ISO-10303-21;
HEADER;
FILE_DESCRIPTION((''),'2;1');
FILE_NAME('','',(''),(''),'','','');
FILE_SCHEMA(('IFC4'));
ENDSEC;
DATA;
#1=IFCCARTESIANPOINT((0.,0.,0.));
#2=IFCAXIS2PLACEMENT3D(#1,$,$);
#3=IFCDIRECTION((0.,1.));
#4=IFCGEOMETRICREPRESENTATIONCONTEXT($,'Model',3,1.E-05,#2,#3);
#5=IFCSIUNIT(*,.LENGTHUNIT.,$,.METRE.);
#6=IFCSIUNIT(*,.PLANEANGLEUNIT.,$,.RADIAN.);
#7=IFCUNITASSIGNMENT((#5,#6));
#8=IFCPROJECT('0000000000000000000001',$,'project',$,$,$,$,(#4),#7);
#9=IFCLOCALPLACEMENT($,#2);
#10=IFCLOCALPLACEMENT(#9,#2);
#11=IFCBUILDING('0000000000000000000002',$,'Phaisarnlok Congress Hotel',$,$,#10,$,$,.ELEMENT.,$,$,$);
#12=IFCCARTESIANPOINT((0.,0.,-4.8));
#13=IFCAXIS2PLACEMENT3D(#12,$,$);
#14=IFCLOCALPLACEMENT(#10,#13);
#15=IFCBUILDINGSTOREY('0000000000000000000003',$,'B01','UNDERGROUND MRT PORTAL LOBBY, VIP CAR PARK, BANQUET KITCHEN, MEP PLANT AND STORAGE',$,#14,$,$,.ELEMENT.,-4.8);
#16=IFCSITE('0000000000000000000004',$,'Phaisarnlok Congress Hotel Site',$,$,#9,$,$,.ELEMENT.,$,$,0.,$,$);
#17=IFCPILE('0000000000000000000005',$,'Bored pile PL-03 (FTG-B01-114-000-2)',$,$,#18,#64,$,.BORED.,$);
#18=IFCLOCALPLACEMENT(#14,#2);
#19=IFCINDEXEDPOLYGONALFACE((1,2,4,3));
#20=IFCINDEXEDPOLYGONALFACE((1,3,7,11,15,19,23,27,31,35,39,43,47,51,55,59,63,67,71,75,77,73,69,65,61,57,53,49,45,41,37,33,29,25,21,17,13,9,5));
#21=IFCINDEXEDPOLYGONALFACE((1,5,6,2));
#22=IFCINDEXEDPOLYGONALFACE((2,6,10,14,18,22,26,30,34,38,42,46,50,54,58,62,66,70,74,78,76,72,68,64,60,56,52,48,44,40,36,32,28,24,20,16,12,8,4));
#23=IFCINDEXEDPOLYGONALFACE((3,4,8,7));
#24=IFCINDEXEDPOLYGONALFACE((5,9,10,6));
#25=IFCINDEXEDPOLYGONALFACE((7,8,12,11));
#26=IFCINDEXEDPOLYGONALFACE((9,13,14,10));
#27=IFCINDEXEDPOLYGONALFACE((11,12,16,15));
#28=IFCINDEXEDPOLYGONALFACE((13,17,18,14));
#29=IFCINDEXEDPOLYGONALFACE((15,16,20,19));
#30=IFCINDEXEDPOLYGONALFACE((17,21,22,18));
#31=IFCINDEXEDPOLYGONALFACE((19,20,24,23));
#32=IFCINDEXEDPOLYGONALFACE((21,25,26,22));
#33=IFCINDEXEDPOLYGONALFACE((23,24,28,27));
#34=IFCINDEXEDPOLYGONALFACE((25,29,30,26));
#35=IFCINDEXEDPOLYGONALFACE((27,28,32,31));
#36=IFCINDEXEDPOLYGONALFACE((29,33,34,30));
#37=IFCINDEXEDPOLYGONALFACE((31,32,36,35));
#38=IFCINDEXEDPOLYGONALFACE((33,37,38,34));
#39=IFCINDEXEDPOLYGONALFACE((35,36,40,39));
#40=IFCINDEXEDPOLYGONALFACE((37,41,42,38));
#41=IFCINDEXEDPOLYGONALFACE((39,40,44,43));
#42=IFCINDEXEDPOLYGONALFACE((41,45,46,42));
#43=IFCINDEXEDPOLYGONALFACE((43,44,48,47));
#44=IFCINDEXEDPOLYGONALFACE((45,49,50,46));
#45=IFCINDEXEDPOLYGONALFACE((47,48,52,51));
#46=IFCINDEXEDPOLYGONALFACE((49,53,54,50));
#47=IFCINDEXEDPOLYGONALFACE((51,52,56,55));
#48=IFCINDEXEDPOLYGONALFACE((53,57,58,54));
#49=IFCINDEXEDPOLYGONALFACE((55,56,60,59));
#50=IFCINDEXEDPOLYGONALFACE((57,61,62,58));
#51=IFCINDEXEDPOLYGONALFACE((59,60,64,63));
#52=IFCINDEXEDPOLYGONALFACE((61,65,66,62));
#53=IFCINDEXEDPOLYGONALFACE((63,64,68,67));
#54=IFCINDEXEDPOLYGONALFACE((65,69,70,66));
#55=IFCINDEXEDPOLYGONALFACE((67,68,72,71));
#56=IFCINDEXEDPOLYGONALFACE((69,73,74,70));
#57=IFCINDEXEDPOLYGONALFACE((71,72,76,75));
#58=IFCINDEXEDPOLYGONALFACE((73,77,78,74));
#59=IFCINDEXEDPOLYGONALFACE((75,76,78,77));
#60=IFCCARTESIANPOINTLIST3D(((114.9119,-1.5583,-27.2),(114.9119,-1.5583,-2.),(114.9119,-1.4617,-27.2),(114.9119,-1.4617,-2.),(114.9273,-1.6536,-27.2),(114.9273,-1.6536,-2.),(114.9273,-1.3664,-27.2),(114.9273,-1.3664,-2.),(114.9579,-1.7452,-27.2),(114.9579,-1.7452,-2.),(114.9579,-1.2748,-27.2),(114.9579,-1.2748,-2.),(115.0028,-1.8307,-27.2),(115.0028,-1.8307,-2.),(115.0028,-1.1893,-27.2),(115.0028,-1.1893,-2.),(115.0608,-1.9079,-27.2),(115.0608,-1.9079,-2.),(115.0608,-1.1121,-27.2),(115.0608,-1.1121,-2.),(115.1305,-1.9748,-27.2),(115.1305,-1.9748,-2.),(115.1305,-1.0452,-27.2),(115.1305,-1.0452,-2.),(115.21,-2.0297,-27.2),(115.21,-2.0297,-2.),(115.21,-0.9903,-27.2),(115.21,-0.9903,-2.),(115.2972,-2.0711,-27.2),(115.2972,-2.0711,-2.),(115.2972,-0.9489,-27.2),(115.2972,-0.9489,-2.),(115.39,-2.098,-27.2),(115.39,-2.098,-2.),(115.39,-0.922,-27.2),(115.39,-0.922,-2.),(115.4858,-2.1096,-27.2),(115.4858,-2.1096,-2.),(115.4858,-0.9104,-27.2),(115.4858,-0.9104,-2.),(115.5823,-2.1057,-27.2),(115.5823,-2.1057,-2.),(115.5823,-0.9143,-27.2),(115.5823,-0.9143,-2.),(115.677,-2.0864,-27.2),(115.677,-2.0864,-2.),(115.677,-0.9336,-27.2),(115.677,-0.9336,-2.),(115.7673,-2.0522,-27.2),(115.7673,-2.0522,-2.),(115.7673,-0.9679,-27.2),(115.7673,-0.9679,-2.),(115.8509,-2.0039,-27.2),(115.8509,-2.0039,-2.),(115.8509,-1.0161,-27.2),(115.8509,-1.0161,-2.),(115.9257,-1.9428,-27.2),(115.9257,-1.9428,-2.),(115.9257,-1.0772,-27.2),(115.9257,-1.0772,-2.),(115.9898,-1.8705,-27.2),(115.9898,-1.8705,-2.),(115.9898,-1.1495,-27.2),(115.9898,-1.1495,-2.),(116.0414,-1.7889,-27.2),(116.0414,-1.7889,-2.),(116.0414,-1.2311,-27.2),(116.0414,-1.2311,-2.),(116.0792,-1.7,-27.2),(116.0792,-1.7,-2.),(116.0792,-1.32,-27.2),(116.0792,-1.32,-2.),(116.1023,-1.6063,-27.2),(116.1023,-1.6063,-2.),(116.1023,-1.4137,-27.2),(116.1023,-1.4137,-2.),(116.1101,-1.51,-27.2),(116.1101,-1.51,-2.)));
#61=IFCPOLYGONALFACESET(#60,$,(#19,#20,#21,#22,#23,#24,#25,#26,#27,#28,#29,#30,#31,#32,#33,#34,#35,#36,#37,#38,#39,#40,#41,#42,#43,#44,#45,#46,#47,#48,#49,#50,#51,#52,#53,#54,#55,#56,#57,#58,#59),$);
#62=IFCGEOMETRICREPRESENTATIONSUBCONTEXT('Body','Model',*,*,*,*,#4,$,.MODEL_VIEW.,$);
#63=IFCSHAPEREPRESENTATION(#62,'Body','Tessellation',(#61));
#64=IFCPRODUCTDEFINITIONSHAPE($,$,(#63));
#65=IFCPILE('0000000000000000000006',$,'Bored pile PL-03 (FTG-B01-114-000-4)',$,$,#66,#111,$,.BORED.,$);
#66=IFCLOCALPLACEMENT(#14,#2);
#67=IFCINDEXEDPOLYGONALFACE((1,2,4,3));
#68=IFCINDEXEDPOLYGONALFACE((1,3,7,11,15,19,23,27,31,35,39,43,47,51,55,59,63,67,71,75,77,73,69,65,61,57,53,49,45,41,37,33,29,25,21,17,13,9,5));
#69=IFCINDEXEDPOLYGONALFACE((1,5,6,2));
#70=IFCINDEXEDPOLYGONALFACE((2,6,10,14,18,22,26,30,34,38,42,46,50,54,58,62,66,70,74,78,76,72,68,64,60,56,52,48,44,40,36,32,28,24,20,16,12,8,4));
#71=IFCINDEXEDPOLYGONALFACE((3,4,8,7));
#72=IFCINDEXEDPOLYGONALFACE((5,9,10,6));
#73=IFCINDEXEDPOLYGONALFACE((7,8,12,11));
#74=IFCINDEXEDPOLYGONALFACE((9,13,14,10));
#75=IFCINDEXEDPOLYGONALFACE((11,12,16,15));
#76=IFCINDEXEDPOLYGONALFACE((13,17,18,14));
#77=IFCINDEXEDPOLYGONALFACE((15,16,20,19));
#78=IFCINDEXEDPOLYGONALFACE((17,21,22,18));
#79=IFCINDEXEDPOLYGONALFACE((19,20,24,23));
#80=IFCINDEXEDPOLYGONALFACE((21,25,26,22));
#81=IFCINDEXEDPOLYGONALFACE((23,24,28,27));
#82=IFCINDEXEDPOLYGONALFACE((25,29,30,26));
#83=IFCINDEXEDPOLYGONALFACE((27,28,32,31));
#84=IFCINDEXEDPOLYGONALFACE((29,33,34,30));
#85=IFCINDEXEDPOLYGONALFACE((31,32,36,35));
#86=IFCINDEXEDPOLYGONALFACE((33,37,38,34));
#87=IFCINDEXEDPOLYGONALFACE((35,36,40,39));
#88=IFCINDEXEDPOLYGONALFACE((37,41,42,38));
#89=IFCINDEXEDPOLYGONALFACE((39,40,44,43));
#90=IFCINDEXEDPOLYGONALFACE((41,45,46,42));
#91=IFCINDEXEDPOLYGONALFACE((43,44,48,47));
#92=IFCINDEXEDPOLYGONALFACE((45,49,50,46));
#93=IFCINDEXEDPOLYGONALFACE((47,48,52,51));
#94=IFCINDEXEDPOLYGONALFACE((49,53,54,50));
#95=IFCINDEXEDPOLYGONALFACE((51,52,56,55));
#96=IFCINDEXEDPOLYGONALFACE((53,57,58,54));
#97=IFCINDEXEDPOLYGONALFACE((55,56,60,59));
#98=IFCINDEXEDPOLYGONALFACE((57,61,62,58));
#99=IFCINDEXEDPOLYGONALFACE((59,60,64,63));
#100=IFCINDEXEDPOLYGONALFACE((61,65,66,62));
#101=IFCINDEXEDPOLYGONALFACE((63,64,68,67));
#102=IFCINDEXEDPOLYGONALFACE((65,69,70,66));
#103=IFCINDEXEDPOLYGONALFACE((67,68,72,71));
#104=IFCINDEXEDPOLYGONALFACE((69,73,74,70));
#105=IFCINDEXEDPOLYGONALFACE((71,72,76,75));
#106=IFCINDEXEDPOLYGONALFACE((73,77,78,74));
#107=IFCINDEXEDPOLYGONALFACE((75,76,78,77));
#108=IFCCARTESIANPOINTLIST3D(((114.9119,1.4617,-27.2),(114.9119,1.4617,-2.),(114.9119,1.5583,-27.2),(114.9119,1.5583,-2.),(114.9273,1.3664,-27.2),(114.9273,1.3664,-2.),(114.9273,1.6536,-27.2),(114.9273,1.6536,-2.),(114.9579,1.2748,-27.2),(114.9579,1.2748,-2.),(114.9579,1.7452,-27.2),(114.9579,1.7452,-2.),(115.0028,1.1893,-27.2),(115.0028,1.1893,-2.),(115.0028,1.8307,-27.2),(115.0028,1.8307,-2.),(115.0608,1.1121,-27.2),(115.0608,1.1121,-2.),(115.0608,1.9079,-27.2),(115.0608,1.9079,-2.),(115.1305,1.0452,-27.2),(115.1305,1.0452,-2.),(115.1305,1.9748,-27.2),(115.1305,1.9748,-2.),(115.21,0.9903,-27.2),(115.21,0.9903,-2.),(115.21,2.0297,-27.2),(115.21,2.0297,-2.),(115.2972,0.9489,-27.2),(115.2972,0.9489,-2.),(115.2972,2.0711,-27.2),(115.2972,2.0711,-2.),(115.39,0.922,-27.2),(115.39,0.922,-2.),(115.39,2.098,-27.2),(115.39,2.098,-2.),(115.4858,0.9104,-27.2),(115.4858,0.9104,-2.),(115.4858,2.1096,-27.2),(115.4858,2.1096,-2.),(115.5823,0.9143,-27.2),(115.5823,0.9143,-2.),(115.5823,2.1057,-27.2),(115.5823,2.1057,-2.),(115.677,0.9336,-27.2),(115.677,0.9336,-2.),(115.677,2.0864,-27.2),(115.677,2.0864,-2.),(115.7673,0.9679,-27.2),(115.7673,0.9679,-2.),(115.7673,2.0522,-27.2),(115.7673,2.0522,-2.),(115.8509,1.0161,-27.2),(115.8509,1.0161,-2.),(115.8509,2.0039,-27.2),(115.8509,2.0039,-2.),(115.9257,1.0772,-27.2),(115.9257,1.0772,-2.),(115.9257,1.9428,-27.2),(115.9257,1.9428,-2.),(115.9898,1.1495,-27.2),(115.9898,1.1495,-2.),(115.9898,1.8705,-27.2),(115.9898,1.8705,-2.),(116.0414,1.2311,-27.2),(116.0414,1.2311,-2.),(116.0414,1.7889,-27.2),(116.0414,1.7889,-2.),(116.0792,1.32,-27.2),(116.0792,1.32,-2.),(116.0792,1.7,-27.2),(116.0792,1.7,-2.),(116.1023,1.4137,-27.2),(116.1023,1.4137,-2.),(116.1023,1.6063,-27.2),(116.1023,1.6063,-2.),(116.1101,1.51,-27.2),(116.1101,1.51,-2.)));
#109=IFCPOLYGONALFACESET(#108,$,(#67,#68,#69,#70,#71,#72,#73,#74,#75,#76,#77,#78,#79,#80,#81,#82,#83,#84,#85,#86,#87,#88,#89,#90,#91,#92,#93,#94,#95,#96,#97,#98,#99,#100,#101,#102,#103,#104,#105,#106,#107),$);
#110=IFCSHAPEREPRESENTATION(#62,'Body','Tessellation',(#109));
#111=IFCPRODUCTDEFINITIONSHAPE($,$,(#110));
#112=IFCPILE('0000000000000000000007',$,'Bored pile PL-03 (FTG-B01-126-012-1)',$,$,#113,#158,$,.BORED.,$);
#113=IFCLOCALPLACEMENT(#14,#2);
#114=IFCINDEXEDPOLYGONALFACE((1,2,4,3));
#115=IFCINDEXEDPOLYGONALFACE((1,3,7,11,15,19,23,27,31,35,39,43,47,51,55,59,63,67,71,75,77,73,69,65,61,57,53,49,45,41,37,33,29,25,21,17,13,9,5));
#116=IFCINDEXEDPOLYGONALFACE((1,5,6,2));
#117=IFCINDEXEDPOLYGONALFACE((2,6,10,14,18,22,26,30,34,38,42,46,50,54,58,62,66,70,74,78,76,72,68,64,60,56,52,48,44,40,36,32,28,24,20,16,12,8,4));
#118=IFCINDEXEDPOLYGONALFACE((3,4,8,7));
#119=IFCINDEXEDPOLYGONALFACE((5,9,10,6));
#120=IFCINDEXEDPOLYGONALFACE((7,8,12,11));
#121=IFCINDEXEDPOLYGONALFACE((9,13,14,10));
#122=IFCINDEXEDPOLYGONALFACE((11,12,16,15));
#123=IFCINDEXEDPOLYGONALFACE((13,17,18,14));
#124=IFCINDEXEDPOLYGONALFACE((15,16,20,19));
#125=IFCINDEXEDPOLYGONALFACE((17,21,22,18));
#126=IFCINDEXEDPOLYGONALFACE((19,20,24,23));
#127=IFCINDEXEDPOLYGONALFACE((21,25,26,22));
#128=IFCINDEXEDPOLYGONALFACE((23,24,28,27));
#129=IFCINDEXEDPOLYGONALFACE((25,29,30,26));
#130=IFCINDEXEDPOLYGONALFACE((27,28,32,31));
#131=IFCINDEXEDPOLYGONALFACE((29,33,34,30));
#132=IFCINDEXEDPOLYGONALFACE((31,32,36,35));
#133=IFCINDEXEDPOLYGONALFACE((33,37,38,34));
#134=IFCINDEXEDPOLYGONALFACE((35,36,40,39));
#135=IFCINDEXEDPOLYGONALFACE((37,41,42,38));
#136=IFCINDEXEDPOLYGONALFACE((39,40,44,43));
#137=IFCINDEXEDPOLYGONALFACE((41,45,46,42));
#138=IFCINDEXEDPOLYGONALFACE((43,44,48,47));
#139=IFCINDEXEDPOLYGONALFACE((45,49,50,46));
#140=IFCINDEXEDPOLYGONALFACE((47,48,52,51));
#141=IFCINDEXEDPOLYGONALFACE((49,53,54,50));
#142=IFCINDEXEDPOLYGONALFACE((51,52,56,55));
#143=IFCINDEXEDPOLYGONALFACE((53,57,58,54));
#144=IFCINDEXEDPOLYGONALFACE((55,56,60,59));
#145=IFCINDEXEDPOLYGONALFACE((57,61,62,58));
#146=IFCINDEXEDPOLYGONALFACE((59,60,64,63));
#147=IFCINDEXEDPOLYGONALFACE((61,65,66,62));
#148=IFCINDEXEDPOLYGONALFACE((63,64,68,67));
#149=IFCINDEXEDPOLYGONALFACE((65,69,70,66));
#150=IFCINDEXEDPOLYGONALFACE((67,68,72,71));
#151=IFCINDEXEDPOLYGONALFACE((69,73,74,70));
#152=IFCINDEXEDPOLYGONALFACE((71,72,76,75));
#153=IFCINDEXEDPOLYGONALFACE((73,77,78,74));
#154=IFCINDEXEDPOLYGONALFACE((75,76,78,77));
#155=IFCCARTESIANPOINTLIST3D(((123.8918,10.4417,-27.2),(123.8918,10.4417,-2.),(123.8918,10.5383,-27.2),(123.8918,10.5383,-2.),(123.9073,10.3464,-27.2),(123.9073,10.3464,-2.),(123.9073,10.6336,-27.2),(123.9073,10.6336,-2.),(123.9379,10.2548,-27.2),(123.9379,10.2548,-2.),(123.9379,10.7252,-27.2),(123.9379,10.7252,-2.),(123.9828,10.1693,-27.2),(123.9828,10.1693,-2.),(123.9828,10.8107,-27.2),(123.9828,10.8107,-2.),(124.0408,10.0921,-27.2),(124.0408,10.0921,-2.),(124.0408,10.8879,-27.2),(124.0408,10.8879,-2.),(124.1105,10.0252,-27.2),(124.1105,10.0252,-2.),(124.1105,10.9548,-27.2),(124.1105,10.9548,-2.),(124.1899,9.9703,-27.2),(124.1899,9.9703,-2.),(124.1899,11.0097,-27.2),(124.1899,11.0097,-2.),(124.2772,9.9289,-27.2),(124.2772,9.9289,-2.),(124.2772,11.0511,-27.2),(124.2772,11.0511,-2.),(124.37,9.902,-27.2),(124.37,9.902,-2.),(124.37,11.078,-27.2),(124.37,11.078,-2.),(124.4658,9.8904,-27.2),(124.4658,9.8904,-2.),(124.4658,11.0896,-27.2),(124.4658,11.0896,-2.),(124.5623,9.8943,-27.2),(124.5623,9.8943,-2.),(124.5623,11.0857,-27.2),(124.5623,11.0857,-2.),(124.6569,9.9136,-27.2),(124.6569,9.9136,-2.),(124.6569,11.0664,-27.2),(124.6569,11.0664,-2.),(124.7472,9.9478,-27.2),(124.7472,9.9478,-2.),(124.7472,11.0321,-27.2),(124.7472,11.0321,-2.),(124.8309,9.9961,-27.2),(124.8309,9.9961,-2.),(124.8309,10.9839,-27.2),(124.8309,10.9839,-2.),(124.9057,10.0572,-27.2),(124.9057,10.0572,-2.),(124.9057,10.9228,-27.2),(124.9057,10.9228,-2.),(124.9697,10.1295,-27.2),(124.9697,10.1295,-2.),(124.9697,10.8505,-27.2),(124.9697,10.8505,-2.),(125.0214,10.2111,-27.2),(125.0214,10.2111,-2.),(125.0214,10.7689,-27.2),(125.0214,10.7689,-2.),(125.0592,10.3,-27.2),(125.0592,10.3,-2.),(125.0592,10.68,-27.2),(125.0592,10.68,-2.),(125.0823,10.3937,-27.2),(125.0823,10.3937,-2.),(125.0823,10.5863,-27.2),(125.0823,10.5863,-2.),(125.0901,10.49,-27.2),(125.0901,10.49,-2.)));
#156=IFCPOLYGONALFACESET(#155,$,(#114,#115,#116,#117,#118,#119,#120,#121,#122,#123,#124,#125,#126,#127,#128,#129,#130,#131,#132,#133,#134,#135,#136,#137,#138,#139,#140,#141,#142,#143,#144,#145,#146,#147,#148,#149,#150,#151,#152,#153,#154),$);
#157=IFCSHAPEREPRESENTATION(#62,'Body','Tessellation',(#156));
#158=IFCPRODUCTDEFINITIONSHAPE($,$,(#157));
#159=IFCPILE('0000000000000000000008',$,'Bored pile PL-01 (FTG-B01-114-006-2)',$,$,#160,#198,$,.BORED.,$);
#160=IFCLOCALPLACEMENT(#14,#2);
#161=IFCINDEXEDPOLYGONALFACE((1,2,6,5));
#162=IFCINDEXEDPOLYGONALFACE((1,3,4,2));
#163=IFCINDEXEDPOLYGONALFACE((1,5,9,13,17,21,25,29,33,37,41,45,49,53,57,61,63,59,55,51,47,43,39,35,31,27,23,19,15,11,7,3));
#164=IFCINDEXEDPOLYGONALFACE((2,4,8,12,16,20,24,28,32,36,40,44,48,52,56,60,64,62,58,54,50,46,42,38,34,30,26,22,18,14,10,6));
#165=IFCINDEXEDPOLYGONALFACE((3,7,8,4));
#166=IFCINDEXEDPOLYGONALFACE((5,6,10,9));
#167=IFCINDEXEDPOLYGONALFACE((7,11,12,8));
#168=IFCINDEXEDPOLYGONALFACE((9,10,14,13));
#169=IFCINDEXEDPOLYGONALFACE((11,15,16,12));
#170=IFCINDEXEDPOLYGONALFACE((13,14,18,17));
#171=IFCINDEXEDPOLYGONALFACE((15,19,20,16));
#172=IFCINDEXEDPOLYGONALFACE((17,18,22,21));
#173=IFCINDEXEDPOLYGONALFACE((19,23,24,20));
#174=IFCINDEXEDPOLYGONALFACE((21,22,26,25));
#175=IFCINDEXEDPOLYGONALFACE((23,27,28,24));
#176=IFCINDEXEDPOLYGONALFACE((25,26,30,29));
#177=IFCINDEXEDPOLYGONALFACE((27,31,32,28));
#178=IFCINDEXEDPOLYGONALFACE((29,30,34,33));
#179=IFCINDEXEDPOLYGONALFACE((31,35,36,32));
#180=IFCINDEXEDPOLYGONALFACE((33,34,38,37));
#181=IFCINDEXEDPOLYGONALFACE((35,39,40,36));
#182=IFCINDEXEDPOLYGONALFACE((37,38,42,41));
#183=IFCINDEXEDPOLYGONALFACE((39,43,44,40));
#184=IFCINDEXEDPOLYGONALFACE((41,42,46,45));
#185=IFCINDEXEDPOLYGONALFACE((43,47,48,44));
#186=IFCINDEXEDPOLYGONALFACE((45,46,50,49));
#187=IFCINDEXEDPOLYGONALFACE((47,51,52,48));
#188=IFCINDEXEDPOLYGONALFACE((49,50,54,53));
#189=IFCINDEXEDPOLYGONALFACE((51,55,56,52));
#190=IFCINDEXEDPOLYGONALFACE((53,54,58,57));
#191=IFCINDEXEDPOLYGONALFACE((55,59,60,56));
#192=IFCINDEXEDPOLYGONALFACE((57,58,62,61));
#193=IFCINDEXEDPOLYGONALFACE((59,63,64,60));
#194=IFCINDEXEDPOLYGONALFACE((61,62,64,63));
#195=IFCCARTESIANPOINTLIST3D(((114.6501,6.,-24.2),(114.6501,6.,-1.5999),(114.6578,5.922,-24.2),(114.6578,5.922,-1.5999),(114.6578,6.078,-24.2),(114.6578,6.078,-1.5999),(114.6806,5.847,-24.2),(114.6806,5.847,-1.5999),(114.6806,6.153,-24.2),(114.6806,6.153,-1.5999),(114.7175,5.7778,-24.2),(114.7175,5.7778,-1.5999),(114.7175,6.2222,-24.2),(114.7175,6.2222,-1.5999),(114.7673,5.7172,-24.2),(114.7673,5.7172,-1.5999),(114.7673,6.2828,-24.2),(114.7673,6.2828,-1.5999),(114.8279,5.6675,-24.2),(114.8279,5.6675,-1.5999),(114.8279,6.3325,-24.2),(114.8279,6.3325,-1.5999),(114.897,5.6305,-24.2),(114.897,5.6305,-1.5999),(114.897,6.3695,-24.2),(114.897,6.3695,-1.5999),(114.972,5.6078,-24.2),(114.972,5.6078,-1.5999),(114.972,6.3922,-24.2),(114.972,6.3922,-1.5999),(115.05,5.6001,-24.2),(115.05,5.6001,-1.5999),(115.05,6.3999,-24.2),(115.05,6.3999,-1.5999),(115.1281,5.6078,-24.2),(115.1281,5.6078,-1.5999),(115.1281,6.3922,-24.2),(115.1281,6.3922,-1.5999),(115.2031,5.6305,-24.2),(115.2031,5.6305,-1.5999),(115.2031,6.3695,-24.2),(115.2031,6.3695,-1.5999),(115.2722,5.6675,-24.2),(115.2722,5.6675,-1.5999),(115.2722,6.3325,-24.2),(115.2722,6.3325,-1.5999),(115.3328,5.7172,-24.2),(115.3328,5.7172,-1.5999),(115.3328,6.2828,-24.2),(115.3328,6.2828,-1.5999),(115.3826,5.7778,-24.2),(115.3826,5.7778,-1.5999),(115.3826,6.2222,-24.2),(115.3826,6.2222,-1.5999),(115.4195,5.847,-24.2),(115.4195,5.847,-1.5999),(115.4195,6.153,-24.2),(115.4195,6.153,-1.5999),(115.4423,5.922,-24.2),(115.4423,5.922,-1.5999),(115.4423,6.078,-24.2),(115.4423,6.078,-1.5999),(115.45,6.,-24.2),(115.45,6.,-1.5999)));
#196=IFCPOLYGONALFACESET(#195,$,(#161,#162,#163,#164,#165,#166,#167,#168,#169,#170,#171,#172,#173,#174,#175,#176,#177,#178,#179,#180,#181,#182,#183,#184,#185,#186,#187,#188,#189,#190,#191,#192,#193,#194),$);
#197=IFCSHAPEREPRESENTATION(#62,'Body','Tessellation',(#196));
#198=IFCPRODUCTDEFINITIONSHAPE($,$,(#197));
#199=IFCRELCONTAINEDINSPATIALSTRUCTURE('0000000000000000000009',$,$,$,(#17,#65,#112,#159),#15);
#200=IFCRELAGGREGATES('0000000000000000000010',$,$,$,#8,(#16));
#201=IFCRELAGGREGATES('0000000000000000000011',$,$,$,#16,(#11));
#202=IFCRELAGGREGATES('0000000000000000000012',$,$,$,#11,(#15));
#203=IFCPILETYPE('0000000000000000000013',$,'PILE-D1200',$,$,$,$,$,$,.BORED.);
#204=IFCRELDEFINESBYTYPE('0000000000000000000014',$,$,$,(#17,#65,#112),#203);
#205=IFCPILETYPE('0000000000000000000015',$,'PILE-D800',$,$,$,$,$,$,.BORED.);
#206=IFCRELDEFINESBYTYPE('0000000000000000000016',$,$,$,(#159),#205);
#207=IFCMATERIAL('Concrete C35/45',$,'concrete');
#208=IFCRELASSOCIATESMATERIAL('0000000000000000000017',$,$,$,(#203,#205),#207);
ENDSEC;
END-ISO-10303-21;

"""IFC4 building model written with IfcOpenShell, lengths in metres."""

from ifc_helpers import new_model, si_unit, direction, frame, origin, origin_2d, place, context, subcontext, project, spatial, circle, extrude, material, material_profile, profile_set, type_object, element, save


model = new_model("IFC4")

# Units and contexts
model_context = context("Model", 3, precision=1e-05, world=origin(), true_north=direction((0.0, 1.0)))
body_context = subcontext(model_context, "Body", "Model", "MODEL_VIEW")
ifc_project = project(units=[si_unit("LENGTHUNIT", "METRE"), si_unit("PLANEANGLEUNIT", "RADIAN")], contexts=[model_context])

# Site, building, storey
site_placement = place(None, origin())
site = spatial("IfcSite", under=ifc_project, at=site_placement, Name="Phaisarnlok Congress Hotel Site", CompositionType="ELEMENT", RefElevation=0.0)
building_placement = place(site_placement, origin())
building = spatial("IfcBuilding", under=site, at=building_placement, Name="Phaisarnlok Congress Hotel", CompositionType="ELEMENT")
storey_placement = place(building_placement, frame((0.0, 0.0, -4.8)))
storey = spatial("IfcBuildingStorey", under=building, at=storey_placement, Name="B01", Description="UNDERGROUND MRT PORTAL LOBBY, VIP CAR PARK, BANQUET KITCHEN, MEP PLANT AND STORAGE", CompositionType="ELEMENT", Elevation=-4.8)

# Piles
ifc_material_1 = material(Name="Concrete C35/45", Category="concrete")
ifc_material_profile_1 = material_profile(ifc_material_1, circle(Radius=0.6001, at=origin_2d()), Name="BORED PILE D1200")
ifc_profile_set_1 = profile_set([ifc_material_profile_1], Name="Concrete C35/45")
pile_type_1 = type_object("IfcPileType", Name="PILE-D1200", PredefinedType="BORED", material=ifc_profile_set_1)
for number, where, z_axis, x_axis, name in (
    (1, (115.51, -1.51, -2.0), (0.0, 0.0, -1.0), (1.0, 0.0, 0.0), "Bored pile PL-03 (FTG-B01-114-000-2)"),
    (2, (115.51, 1.51, -2.0), (0.0, 0.0, -1.0), (1.0, 0.0, 0.0), "Bored pile PL-03 (FTG-B01-114-000-4)"),
    (3, (124.49, 10.49, -2.0), (0.0, 0.0, -1.0), (1.0, 0.0, 0.0), "Bored pile PL-03 (FTG-B01-126-012-1)"),
):
    element("IfcPile", number, at=place(storey_placement, frame(where, z_axis=z_axis, x_axis=x_axis)), inside=storey, type_object=pile_type_1, Name=name, PredefinedType="BORED", context=body_context, shape_type="SweptSolid", body=[
        extrude(circle(Radius=0.6001, at=origin_2d()), origin(), (0.0, 0.0, 1.0), 25.2),
    ])
ifc_material_profile_2 = material_profile(ifc_material_1, circle(Radius=0.3999, at=origin_2d()), Name="BORED PILE D800")
ifc_profile_set_2 = profile_set([ifc_material_profile_2], Name="Concrete C35/45")
pile_type_2 = type_object("IfcPileType", Name="PILE-D800", PredefinedType="BORED", material=ifc_profile_set_2)
for number, where, z_axis, x_axis, name in (
    (4, (115.05, 6.0, -1.5999), (0.0, 0.0, -1.0), (1.0, 0.0, 0.0), "Bored pile PL-01 (FTG-B01-114-006-2)"),
):
    element("IfcPile", number, at=place(storey_placement, frame(where, z_axis=z_axis, x_axis=x_axis)), inside=storey, type_object=pile_type_2, Name=name, PredefinedType="BORED", context=body_context, shape_type="SweptSolid", body=[
        extrude(circle(Radius=0.3999, at=origin_2d()), origin(), (0.0, 0.0, 1.0), 22.6001),
    ])

save(model, "model.ifc")
